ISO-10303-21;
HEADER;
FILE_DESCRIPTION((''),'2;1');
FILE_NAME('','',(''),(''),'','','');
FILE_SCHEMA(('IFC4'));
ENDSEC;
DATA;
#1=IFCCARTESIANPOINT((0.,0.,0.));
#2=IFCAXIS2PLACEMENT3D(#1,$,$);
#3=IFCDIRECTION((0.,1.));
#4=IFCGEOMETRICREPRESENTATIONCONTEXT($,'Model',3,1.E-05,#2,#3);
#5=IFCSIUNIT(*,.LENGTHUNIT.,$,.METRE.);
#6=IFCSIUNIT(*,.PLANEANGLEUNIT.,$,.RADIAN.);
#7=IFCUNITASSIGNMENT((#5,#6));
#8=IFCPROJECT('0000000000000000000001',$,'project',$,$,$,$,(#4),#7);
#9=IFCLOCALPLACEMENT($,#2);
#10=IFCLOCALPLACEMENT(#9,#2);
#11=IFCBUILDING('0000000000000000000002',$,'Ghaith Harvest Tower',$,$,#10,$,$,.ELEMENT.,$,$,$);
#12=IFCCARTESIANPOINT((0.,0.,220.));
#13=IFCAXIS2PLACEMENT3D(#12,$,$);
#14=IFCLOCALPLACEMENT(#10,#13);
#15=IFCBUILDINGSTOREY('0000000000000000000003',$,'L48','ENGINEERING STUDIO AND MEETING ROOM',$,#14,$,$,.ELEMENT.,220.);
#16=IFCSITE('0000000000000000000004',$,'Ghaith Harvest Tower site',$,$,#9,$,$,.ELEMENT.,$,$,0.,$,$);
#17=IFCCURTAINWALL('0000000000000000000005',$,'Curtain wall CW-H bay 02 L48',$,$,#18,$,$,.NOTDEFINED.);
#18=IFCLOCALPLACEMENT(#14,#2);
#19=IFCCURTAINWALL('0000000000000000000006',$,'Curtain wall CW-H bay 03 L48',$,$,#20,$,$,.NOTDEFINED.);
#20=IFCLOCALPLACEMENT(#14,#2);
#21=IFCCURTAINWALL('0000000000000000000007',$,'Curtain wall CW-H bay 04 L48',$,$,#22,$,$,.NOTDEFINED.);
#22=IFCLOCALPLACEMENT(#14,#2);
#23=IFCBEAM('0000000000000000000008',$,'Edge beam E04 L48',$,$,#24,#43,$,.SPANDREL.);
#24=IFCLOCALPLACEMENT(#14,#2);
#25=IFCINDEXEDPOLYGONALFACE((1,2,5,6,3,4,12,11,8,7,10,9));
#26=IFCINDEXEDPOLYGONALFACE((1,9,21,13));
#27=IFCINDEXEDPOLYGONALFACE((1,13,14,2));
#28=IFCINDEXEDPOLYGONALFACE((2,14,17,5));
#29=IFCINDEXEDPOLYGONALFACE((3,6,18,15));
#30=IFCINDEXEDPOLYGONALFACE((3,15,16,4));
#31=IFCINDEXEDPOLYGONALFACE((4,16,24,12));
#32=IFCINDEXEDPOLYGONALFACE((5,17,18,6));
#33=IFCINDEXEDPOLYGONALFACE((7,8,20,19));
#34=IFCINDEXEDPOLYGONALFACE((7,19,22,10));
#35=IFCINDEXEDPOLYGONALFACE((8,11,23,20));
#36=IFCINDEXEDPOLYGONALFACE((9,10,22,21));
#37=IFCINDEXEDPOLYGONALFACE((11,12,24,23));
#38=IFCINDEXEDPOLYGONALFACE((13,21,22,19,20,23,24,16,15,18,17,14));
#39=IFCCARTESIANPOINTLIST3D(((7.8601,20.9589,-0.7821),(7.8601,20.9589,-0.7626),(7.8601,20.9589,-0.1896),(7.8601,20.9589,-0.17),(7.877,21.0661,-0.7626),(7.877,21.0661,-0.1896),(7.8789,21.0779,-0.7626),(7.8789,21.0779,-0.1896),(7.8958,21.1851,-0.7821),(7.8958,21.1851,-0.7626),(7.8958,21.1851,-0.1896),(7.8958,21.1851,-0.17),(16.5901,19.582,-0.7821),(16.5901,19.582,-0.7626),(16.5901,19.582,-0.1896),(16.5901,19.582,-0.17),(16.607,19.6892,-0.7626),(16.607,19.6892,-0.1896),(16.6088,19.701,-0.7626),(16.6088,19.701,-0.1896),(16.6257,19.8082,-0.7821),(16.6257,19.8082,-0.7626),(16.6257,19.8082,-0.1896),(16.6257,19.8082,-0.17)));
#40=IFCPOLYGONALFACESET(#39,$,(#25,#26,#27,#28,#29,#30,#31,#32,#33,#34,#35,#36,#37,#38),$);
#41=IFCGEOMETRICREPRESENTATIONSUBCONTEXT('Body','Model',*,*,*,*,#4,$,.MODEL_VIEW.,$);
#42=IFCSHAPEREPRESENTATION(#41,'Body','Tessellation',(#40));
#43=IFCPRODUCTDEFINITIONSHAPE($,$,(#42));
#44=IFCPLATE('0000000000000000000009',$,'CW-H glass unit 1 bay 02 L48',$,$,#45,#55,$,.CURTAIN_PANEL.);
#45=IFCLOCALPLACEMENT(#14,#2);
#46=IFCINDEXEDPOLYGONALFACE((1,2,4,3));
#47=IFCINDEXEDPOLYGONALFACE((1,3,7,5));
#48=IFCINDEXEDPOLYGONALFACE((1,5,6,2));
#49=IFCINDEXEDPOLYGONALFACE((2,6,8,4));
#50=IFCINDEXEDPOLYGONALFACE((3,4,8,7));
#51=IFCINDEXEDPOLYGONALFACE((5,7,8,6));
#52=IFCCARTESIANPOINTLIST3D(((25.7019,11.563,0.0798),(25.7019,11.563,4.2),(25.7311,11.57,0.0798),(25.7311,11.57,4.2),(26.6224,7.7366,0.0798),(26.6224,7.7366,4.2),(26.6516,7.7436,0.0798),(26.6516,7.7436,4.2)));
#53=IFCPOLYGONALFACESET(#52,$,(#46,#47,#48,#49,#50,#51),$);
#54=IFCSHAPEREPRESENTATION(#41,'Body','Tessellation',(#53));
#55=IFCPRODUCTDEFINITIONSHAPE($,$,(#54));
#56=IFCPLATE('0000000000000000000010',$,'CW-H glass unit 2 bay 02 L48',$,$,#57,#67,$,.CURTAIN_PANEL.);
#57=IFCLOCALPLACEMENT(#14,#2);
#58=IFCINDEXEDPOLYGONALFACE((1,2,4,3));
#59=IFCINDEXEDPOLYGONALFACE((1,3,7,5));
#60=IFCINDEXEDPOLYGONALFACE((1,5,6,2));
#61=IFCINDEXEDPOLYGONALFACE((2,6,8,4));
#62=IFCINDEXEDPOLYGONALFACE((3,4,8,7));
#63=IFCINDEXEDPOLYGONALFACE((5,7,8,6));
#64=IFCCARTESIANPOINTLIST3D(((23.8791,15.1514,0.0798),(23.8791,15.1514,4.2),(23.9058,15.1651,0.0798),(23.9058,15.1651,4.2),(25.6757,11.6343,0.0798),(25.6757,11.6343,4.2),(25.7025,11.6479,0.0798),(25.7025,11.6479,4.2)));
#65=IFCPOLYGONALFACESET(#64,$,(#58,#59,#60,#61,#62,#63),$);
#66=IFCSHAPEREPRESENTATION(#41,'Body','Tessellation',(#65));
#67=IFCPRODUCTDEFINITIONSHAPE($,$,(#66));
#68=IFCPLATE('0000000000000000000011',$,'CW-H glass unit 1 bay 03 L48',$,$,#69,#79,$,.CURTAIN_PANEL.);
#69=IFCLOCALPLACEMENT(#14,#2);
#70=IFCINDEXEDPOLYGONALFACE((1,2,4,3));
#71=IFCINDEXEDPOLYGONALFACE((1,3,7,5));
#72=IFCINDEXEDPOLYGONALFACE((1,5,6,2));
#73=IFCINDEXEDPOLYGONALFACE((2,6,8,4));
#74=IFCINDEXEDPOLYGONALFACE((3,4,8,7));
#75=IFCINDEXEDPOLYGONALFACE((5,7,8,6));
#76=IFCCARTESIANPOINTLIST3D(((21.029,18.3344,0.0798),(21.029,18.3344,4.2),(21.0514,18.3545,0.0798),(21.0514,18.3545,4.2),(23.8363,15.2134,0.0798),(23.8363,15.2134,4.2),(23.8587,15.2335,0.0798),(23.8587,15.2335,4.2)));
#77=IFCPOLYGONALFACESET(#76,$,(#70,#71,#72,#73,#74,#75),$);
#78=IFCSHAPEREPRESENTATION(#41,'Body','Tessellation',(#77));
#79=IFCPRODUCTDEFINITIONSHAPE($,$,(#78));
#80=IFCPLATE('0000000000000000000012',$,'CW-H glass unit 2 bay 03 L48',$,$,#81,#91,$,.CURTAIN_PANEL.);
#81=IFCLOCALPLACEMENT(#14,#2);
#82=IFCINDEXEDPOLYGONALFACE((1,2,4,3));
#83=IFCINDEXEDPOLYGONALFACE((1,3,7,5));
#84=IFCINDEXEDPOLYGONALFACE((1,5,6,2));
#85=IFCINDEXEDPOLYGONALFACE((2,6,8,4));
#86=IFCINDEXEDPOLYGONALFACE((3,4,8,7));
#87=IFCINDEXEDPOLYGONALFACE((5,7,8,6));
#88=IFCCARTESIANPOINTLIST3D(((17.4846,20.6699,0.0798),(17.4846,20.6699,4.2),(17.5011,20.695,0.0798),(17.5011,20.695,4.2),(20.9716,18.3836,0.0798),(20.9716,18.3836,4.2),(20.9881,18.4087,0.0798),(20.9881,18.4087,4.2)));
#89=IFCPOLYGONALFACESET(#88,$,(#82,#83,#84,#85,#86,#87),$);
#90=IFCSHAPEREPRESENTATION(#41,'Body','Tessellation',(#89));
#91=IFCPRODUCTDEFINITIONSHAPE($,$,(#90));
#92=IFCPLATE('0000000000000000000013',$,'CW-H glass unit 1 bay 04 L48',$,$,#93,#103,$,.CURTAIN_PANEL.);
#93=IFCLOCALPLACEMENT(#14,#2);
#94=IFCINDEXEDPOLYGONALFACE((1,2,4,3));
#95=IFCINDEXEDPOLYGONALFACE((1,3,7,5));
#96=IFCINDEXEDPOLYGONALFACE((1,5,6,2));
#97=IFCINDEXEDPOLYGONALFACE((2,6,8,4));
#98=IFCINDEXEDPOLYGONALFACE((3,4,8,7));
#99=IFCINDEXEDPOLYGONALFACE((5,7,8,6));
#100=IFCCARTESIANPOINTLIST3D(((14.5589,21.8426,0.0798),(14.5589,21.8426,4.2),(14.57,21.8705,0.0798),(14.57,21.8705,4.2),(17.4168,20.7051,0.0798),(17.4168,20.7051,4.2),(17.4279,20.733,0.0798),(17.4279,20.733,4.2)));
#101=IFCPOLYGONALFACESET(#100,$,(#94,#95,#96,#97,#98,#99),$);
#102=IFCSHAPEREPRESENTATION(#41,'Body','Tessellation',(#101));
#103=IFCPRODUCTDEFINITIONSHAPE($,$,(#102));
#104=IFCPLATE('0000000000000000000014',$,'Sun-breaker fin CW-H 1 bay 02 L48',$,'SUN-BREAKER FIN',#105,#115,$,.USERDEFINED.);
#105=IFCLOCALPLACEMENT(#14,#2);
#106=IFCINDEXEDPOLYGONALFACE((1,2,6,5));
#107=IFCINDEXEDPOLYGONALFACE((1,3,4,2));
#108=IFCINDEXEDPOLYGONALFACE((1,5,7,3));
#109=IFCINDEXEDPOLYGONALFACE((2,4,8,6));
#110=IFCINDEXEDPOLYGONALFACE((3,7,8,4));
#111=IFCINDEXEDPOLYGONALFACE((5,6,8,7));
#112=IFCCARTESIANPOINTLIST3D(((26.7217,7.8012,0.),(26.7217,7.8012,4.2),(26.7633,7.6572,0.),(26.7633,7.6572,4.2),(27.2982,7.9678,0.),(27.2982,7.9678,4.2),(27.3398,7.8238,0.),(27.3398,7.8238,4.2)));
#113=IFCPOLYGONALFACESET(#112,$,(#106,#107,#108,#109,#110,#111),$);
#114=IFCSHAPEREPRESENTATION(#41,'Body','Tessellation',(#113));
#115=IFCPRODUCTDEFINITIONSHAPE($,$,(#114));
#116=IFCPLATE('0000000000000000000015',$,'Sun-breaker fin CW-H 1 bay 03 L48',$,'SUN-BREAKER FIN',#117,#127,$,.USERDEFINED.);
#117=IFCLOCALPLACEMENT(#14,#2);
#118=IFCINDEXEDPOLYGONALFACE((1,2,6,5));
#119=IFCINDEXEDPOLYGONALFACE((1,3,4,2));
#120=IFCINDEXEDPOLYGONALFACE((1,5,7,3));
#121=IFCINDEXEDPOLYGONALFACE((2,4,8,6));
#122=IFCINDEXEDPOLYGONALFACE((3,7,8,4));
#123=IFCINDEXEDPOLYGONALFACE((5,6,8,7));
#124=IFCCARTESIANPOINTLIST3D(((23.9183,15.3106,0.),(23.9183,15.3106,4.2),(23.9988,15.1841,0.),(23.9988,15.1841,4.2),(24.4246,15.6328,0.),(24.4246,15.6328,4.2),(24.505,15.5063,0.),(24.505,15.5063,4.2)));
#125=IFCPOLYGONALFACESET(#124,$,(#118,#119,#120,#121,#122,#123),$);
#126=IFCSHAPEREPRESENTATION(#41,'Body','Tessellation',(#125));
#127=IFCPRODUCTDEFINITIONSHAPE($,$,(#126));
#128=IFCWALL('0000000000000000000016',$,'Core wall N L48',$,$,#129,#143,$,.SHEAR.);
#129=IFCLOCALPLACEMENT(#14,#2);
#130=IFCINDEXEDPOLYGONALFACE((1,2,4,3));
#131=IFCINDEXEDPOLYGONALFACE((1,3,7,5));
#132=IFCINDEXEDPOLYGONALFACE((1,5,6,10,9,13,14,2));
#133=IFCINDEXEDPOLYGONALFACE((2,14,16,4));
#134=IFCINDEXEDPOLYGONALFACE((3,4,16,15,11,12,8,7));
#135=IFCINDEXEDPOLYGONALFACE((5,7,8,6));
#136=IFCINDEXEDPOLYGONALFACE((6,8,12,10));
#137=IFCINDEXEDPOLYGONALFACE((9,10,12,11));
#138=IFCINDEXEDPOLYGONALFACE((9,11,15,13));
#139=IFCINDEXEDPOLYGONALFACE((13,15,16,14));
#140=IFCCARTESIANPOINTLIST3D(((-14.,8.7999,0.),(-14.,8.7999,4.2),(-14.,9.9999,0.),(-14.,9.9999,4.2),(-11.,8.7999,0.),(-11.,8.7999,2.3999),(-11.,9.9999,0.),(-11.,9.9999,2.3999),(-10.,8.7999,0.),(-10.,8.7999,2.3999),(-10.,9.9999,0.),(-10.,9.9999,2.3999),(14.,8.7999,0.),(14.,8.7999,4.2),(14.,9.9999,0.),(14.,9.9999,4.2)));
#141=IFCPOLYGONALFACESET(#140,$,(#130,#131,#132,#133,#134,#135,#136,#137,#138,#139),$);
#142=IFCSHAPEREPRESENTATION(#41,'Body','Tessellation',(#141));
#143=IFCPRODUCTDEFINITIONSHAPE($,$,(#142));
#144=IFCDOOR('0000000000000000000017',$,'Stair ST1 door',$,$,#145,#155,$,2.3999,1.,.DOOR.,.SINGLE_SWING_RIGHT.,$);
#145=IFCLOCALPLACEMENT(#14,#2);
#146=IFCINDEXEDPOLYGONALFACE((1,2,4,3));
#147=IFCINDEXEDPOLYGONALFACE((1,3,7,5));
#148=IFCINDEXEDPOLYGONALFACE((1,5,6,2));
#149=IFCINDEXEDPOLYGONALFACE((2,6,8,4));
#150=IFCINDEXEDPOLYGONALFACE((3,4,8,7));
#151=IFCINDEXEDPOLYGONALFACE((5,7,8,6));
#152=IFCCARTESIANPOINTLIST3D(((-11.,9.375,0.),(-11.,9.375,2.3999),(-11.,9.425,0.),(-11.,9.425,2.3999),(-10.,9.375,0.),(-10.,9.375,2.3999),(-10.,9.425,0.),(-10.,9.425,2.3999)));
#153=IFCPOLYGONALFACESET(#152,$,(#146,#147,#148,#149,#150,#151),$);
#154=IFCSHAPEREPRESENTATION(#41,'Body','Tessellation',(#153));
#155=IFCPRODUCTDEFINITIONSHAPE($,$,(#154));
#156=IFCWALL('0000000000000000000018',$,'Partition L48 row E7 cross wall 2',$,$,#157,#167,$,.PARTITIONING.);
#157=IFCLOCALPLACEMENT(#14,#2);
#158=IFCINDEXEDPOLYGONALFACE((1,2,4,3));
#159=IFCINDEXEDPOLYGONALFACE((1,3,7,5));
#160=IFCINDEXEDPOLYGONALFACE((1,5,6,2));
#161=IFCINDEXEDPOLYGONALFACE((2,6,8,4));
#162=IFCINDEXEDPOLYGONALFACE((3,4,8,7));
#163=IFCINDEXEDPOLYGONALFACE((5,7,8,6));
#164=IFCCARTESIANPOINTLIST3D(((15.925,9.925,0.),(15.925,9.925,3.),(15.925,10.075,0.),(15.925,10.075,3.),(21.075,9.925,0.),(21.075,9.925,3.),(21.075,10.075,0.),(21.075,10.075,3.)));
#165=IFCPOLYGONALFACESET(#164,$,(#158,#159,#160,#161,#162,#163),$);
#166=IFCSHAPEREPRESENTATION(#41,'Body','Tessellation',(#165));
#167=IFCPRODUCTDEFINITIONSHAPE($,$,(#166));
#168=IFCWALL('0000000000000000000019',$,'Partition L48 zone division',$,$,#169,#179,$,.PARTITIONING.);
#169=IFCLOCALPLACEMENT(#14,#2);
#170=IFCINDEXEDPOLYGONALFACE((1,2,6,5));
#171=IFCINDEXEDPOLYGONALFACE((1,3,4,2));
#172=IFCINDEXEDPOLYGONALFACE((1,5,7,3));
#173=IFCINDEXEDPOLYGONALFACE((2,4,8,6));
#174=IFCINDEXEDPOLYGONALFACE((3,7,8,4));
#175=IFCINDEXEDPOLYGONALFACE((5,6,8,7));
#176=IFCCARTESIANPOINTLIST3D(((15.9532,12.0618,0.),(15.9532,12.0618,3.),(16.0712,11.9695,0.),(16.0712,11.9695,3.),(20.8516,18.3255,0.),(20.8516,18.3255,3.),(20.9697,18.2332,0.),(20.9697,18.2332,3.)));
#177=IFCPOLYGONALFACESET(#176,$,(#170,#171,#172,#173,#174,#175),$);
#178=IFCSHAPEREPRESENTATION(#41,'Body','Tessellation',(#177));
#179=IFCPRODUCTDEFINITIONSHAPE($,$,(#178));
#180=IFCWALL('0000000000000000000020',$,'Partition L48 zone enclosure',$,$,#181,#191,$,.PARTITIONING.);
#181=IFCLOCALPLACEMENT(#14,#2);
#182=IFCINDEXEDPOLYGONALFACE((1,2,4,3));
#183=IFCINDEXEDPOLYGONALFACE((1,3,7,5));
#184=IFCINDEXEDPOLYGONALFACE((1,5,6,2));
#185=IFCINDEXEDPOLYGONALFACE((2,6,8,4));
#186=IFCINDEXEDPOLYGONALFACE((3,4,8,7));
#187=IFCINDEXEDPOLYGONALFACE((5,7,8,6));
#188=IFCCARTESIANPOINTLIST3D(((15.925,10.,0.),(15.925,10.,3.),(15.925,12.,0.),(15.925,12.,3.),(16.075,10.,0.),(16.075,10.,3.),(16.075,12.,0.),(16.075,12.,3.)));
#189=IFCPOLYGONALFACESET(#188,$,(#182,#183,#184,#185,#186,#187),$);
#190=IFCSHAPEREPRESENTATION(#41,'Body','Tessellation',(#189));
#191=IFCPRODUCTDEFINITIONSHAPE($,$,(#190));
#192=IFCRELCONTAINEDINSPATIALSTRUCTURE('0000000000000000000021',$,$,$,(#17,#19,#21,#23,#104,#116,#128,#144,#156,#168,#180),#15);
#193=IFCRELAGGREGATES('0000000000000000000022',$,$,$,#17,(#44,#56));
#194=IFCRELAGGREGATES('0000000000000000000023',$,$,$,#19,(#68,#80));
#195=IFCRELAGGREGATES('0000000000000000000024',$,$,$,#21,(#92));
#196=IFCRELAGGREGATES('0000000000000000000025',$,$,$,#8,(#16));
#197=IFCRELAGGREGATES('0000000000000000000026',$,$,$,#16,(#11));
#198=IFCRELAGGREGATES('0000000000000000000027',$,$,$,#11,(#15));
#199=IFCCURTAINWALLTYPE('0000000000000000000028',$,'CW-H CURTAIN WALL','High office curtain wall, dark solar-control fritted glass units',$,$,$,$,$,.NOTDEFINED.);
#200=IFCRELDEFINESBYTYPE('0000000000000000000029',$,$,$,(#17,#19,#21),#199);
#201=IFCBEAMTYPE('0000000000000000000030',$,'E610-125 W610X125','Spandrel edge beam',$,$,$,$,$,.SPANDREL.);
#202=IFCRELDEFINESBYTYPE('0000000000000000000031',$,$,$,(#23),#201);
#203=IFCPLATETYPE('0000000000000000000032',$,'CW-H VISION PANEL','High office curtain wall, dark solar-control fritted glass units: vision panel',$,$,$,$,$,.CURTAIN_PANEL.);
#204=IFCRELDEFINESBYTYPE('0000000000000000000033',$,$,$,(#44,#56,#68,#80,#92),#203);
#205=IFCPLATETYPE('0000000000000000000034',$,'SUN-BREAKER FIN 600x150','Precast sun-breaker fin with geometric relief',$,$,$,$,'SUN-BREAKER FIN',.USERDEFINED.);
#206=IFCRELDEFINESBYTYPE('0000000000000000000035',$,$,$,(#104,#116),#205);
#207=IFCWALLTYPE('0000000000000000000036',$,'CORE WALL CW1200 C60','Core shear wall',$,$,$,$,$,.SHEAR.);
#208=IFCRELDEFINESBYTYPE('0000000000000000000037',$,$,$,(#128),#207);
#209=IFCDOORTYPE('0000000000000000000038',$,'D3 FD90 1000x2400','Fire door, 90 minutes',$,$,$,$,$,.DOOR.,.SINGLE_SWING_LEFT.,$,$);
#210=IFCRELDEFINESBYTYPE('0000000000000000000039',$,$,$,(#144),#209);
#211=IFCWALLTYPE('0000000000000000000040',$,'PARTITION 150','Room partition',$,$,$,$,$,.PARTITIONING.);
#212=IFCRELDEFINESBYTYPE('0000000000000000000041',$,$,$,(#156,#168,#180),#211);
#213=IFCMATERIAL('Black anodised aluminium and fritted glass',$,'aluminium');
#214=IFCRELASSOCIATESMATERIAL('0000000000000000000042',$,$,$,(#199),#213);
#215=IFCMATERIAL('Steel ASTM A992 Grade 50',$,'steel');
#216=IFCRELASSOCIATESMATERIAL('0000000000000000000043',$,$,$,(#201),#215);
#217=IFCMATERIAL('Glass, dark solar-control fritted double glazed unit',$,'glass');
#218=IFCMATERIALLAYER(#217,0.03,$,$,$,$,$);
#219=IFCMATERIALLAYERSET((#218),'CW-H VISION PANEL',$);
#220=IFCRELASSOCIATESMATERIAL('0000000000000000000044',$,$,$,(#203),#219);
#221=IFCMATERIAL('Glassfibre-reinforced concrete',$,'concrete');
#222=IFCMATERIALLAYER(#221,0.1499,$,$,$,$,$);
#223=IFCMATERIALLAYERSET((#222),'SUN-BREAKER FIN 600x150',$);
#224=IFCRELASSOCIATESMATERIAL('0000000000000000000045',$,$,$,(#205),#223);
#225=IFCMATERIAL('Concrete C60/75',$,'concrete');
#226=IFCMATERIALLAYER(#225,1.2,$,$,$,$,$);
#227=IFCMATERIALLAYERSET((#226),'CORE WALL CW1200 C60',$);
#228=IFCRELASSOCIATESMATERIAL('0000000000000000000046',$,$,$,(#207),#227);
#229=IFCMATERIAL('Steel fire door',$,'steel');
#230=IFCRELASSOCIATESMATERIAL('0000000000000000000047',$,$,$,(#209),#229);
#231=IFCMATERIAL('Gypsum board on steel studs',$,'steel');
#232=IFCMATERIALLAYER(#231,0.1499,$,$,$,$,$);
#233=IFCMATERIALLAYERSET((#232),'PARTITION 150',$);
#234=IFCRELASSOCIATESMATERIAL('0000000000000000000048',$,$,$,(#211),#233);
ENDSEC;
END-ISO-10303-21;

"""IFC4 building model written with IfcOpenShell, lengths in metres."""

from ifc_helpers import new_model, si_unit, direction, frame, frame_2d, origin, origin_2d, place, context, subcontext, project, spatial, rectangle, i_section, extrude, material, layer, layer_set, material_profile, profile_set, type_object, element, fill, aggregate, save


model = new_model("IFC4")

# Units and contexts
model_context = context("Model", 3, precision=1e-05, world=origin(), true_north=direction((0.0, 1.0)))
body_context = subcontext(model_context, "Body", "Model", "MODEL_VIEW")
ifc_project = project(units=[si_unit("LENGTHUNIT", "METRE"), si_unit("PLANEANGLEUNIT", "RADIAN")], contexts=[model_context])

# Site, building, storey
site_placement = place(None, origin())
site = spatial("IfcSite", under=ifc_project, at=site_placement, Name="Ghaith Harvest Tower site", CompositionType="ELEMENT", RefElevation=0.0)
building_placement = place(site_placement, origin())
building = spatial("IfcBuilding", under=site, at=building_placement, Name="Ghaith Harvest Tower", CompositionType="ELEMENT")
storey_placement = place(building_placement, frame((0.0, 0.0, 220.0)))
storey = spatial("IfcBuildingStorey", under=building, at=storey_placement, Name="L48", Description="ENGINEERING STUDIO AND MEETING ROOM", CompositionType="ELEMENT", Elevation=220.0)

# Curtain wall
ifc_material_1 = material(Name="Black anodised aluminium and fritted glass", Category="aluminium")
curtain_wall_type = type_object("IfcCurtainWallType", Name="CW-H CURTAIN WALL", Description="High office curtain wall, dark solar-control fritted glass units", PredefinedType="NOTDEFINED", material=ifc_material_1)
curtain_wall_1_placement = place(storey_placement, origin())
curtain_wall_1 = element("IfcCurtainWall", 1, at=curtain_wall_1_placement, inside=storey, type_object=curtain_wall_type, Name="Curtain wall CW-H bay 02 L48", PredefinedType="NOTDEFINED")

# Curtain walls
curtain_wall_2_placement = place(storey_placement, origin())
curtain_wall_2 = element("IfcCurtainWall", 2, at=curtain_wall_2_placement, inside=storey, type_object=curtain_wall_type, Name="Curtain wall CW-H bay 03 L48", PredefinedType="NOTDEFINED")
curtain_wall_3_placement = place(storey_placement, origin())
curtain_wall_3 = element("IfcCurtainWall", 3, at=curtain_wall_3_placement, inside=storey, type_object=curtain_wall_type, Name="Curtain wall CW-H bay 04 L48", PredefinedType="NOTDEFINED")

# Beam
ifc_material_2 = material(Name="Steel ASTM A992 Grade 50", Category="steel")
ifc_material_profile_1 = material_profile(ifc_material_2, i_section(OverallWidth=0.229, OverallDepth=0.6121, WebThickness=0.012, FlangeThickness=0.0195, at=origin_2d()), Name="W610X125")
ifc_profile_set_1 = profile_set([ifc_material_profile_1], Name="Steel ASTM A992 Grade 50")
beam_type = type_object("IfcBeamType", Name="E610-125 W610X125", Description="Spandrel edge beam", PredefinedType="SPANDREL", material=ifc_profile_set_1)
beam_1_placement = place(storey_placement, frame((16.6079, 19.6951, -0.4761), z_axis=(-0.987788, 0.155801, 0.0), x_axis=(-0.155801, -0.987788, 0.0)))
element("IfcBeam", 4, at=beam_1_placement, inside=storey, type_object=beam_type, Name="Edge beam E04 L48", PredefinedType="SPANDREL", context=body_context, shape_type="SweptSolid", body=[
    extrude(i_section(OverallWidth=0.229, OverallDepth=0.6121, WebThickness=0.012, FlangeThickness=0.0195, at=origin_2d()), origin(), (0.0, 0.0, 1.0), 8.8379),
])

# Plates
ifc_material_3 = material(Name="Glass, dark solar-control fritted double glazed unit", Category="glass")
ifc_layer_1 = layer(ifc_material_3, 0.03)
ifc_layer_set_1 = layer_set([ifc_layer_1], Name="CW-H VISION PANEL")
plate_type_1 = type_object("IfcPlateType", Name="CW-H VISION PANEL", Description="High office curtain wall, dark solar-control fritted glass units: vision panel", PredefinedType="CURTAIN_PANEL", material=ifc_layer_set_1)
plate_1_placement = place(storey_placement, frame((26.1768, 9.6533, 0.0798), z_axis=(0.0, 0.0, 1.0), x_axis=(-0.233894, 0.972262, 0.0)))
plate_1 = element("IfcPlate", 5, at=plate_1_placement, type_object=plate_type_1, Name="CW-H glass unit 1 bay 02 L48", PredefinedType="CURTAIN_PANEL", context=body_context, shape_type="SweptSolid", body=[
    extrude(rectangle(XDim=3.9355, YDim=0.03, at=origin_2d()), origin(), (0.0, 0.0, 1.0), 4.1201),
])
plate_2_placement = place(storey_placement, frame((24.7908, 13.3997, 0.0798), z_axis=(0.0, 0.0, 1.0), x_axis=(-0.454915, 0.890535, 0.0)))
plate_2 = element("IfcPlate", 6, at=plate_2_placement, type_object=plate_type_1, Name="CW-H glass unit 2 bay 02 L48", PredefinedType="CURTAIN_PANEL", context=body_context, shape_type="SweptSolid", body=[
    extrude(rectangle(XDim=3.9495, YDim=0.03, at=origin_2d()), origin(), (0.0, 0.0, 1.0), 4.1201),
])
aggregate(curtain_wall_1, [plate_1, plate_2])
plate_3_placement = place(storey_placement, frame((22.4438, 16.7839, 0.0798), z_axis=(0.0, 0.0, 1.0), x_axis=(-0.668758, 0.74348, 0.0)))
plate_3 = element("IfcPlate", 7, at=plate_3_placement, type_object=plate_type_1, Name="CW-H glass unit 1 bay 03 L48", PredefinedType="CURTAIN_PANEL", context=body_context, shape_type="SweptSolid", body=[
    extrude(rectangle(XDim=4.1978, YDim=0.03, at=origin_2d()), origin(), (0.0, 0.0, 1.0), 4.1201),
])
plate_4_placement = place(storey_placement, frame((19.2363, 19.5393, 0.0798), z_axis=(0.0, 0.0, 1.0), x_axis=(-0.836277, 0.548308, 0.0)))
plate_4 = element("IfcPlate", 8, at=plate_4_placement, type_object=plate_type_1, Name="CW-H glass unit 2 bay 03 L48", PredefinedType="CURTAIN_PANEL", context=body_context, shape_type="SweptSolid", body=[
    extrude(rectangle(XDim=4.1697, YDim=0.03, at=origin_2d()), origin(), (0.0, 0.0, 1.0), 4.1201),
])
aggregate(curtain_wall_2, [plate_3, plate_4])
plate_5_placement = place(storey_placement, frame((15.9934, 21.2878, 0.0798), z_axis=(0.0, 0.0, 1.0), x_axis=(-0.929107, 0.36981, 0.0)))
plate_5 = element("IfcPlate", 9, at=plate_5_placement, type_object=plate_type_1, Name="CW-H glass unit 1 bay 04 L48", PredefinedType="CURTAIN_PANEL", context=body_context, shape_type="SweptSolid", body=[
    extrude(rectangle(XDim=3.0759, YDim=0.03, at=origin_2d()), origin(), (0.0, 0.0, 1.0), 4.1201),
])
aggregate(curtain_wall_3, [plate_5])

# Plates
ifc_material_4 = material(Name="Glassfibre-reinforced concrete", Category="concrete")
ifc_layer_2 = layer(ifc_material_4, 0.1499)
ifc_layer_set_2 = layer_set([ifc_layer_2], Name="SUN-BREAKER FIN 600x150")
plate_type_2 = type_object("IfcPlateType", Name="SUN-BREAKER FIN 600x150", Description="Precast sun-breaker fin with geometric relief", ElementType="SUN-BREAKER FIN", PredefinedType="USERDEFINED", material=ifc_layer_set_2)
for number, where, z_axis, x_axis, name in (
    (10, (27.0308, 7.8125, 0.0), (0.0, 0.0, 1.0), (0.96068, 0.277657, 0.0), "Sun-breaker fin CW-H 1 bay 02 L48"),
    (11, (24.2117, 15.4084, 0.0), (0.0, 0.0, 1.0), (0.843644, 0.536903, 0.0), "Sun-breaker fin CW-H 1 bay 03 L48"),
):
    element("IfcPlate", number, at=place(storey_placement, frame(where, z_axis=z_axis, x_axis=x_axis)), inside=storey, type_object=plate_type_2, Name=name, ObjectType="SUN-BREAKER FIN", PredefinedType="USERDEFINED", context=body_context, shape_type="SweptSolid", body=[
        extrude(rectangle(XDim=0.6001, YDim=0.1499, at=origin_2d()), origin(), (0.0, 0.0, 1.0), 4.2),
    ])

# Wall, opening, door
ifc_material_5 = material(Name="Concrete C60/75", Category="concrete")
ifc_layer_3 = layer(ifc_material_5, 1.2)
ifc_layer_set_3 = layer_set([ifc_layer_3], Name="CORE WALL CW1200 C60")
wall_type_1 = type_object("IfcWallType", Name="CORE WALL CW1200 C60", Description="Core shear wall", PredefinedType="SHEAR", material=ifc_layer_set_3)
wall_1_placement = place(storey_placement, frame((14.0, 9.3999, 0.0), z_axis=(0.0, 0.0, 1.0), x_axis=(-1.0, 0.0, 0.0)))
wall_1 = element("IfcWall", 12, at=wall_1_placement, inside=storey, type_object=wall_type_1, Name="Core wall N L48", PredefinedType="SHEAR", context=body_context, shape_type="SweptSolid", body=[
    extrude(rectangle(XDim=28.0, YDim=1.2, at=frame_2d((14.0, 0.0))), origin(), (0.0, 0.0, 1.0), 4.2),
])
opening_placement = place(wall_1_placement, frame((24.0, 0.0, 0.0)))
opening = element("IfcOpeningElement", 13, at=opening_placement, cuts=wall_1, PredefinedType="OPENING", context=body_context, shape_type="SweptSolid", body=[
    extrude(rectangle(XDim=1.0, YDim=2.3999, at=frame_2d((0.5, 1.2))), frame((0.0, 0.6099, 0.0), z_axis=(0.0, -1.0, 0.0), x_axis=(1.0, 0.0, 0.0)), (0.0, 0.0, 1.0), 1.22),
])
ifc_material_6 = material(Name="Steel fire door", Category="steel")
door_type = type_object("IfcDoorType", Name="D3 FD90 1000x2400", Description="Fire door, 90 minutes", OperationType="SINGLE_SWING_LEFT", PredefinedType="DOOR", material=ifc_material_6)
door_placement = place(opening_placement, origin())
door = element("IfcDoor", 14, at=door_placement, inside=storey, type_object=door_type, Name="Stair ST1 door", OperationType="SINGLE_SWING_RIGHT", OverallHeight=2.3999, OverallWidth=1.0, PredefinedType="DOOR", context=body_context, shape_type="SweptSolid", body=[
    extrude(rectangle(XDim=1.0, YDim=2.3999, at=frame_2d((0.5, 1.2))), frame((0.0, 0.0249, 0.0), z_axis=(0.0, -1.0, 0.0), x_axis=(1.0, 0.0, 0.0)), (0.0, 0.0, 1.0), 0.05),
])
fill(opening, door)

# Walls
ifc_material_7 = material(Name="Gypsum board on steel studs", Category="steel")
ifc_layer_4 = layer(ifc_material_7, 0.1499)
ifc_layer_set_4 = layer_set([ifc_layer_4], Name="PARTITION 150")
wall_type_2 = type_object("IfcWallType", Name="PARTITION 150", Description="Room partition", PredefinedType="PARTITIONING", material=ifc_layer_set_4)
wall_2_placement = place(storey_placement, frame((15.925, 10.0, 0.0), z_axis=(0.0, 0.0, 1.0), x_axis=(1.0, 0.0, 0.0)))
element("IfcWall", 15, at=wall_2_placement, inside=storey, type_object=wall_type_2, Name="Partition L48 row E7 cross wall 2", PredefinedType="PARTITIONING", context=body_context, shape_type="SweptSolid", body=[
    extrude(rectangle(XDim=5.1499, YDim=0.1499, at=frame_2d((2.575, 0.0))), origin(), (0.0, 0.0, 1.0), 3.0),
])
wall_3_placement = place(storey_placement, frame((16.0122, 12.0156, 0.0), z_axis=(0.0, 0.0, 1.0), x_axis=(0.61603, 0.787723, 0.0)))
element("IfcWall", 16, at=wall_3_placement, inside=storey, type_object=wall_type_2, Name="Partition L48 zone division", PredefinedType="PARTITIONING", context=body_context, shape_type="SweptSolid", body=[
    extrude(rectangle(XDim=7.9517, YDim=0.1499, at=frame_2d((3.9758, 0.0))), origin(), (0.0, 0.0, 1.0), 3.0),
])
wall_4_placement = place(storey_placement, frame((16.0, 10.0, 0.0), z_axis=(0.0, 0.0, 1.0), x_axis=(0.0, 1.0, 0.0)))
element("IfcWall", 17, at=wall_4_placement, inside=storey, type_object=wall_type_2, Name="Partition L48 zone enclosure", PredefinedType="PARTITIONING", context=body_context, shape_type="SweptSolid", body=[
    extrude(rectangle(XDim=2.0, YDim=0.1499, at=frame_2d((1.0, 0.0))), origin(), (0.0, 0.0, 1.0), 3.0),
])

save(model, "model.ifc")
